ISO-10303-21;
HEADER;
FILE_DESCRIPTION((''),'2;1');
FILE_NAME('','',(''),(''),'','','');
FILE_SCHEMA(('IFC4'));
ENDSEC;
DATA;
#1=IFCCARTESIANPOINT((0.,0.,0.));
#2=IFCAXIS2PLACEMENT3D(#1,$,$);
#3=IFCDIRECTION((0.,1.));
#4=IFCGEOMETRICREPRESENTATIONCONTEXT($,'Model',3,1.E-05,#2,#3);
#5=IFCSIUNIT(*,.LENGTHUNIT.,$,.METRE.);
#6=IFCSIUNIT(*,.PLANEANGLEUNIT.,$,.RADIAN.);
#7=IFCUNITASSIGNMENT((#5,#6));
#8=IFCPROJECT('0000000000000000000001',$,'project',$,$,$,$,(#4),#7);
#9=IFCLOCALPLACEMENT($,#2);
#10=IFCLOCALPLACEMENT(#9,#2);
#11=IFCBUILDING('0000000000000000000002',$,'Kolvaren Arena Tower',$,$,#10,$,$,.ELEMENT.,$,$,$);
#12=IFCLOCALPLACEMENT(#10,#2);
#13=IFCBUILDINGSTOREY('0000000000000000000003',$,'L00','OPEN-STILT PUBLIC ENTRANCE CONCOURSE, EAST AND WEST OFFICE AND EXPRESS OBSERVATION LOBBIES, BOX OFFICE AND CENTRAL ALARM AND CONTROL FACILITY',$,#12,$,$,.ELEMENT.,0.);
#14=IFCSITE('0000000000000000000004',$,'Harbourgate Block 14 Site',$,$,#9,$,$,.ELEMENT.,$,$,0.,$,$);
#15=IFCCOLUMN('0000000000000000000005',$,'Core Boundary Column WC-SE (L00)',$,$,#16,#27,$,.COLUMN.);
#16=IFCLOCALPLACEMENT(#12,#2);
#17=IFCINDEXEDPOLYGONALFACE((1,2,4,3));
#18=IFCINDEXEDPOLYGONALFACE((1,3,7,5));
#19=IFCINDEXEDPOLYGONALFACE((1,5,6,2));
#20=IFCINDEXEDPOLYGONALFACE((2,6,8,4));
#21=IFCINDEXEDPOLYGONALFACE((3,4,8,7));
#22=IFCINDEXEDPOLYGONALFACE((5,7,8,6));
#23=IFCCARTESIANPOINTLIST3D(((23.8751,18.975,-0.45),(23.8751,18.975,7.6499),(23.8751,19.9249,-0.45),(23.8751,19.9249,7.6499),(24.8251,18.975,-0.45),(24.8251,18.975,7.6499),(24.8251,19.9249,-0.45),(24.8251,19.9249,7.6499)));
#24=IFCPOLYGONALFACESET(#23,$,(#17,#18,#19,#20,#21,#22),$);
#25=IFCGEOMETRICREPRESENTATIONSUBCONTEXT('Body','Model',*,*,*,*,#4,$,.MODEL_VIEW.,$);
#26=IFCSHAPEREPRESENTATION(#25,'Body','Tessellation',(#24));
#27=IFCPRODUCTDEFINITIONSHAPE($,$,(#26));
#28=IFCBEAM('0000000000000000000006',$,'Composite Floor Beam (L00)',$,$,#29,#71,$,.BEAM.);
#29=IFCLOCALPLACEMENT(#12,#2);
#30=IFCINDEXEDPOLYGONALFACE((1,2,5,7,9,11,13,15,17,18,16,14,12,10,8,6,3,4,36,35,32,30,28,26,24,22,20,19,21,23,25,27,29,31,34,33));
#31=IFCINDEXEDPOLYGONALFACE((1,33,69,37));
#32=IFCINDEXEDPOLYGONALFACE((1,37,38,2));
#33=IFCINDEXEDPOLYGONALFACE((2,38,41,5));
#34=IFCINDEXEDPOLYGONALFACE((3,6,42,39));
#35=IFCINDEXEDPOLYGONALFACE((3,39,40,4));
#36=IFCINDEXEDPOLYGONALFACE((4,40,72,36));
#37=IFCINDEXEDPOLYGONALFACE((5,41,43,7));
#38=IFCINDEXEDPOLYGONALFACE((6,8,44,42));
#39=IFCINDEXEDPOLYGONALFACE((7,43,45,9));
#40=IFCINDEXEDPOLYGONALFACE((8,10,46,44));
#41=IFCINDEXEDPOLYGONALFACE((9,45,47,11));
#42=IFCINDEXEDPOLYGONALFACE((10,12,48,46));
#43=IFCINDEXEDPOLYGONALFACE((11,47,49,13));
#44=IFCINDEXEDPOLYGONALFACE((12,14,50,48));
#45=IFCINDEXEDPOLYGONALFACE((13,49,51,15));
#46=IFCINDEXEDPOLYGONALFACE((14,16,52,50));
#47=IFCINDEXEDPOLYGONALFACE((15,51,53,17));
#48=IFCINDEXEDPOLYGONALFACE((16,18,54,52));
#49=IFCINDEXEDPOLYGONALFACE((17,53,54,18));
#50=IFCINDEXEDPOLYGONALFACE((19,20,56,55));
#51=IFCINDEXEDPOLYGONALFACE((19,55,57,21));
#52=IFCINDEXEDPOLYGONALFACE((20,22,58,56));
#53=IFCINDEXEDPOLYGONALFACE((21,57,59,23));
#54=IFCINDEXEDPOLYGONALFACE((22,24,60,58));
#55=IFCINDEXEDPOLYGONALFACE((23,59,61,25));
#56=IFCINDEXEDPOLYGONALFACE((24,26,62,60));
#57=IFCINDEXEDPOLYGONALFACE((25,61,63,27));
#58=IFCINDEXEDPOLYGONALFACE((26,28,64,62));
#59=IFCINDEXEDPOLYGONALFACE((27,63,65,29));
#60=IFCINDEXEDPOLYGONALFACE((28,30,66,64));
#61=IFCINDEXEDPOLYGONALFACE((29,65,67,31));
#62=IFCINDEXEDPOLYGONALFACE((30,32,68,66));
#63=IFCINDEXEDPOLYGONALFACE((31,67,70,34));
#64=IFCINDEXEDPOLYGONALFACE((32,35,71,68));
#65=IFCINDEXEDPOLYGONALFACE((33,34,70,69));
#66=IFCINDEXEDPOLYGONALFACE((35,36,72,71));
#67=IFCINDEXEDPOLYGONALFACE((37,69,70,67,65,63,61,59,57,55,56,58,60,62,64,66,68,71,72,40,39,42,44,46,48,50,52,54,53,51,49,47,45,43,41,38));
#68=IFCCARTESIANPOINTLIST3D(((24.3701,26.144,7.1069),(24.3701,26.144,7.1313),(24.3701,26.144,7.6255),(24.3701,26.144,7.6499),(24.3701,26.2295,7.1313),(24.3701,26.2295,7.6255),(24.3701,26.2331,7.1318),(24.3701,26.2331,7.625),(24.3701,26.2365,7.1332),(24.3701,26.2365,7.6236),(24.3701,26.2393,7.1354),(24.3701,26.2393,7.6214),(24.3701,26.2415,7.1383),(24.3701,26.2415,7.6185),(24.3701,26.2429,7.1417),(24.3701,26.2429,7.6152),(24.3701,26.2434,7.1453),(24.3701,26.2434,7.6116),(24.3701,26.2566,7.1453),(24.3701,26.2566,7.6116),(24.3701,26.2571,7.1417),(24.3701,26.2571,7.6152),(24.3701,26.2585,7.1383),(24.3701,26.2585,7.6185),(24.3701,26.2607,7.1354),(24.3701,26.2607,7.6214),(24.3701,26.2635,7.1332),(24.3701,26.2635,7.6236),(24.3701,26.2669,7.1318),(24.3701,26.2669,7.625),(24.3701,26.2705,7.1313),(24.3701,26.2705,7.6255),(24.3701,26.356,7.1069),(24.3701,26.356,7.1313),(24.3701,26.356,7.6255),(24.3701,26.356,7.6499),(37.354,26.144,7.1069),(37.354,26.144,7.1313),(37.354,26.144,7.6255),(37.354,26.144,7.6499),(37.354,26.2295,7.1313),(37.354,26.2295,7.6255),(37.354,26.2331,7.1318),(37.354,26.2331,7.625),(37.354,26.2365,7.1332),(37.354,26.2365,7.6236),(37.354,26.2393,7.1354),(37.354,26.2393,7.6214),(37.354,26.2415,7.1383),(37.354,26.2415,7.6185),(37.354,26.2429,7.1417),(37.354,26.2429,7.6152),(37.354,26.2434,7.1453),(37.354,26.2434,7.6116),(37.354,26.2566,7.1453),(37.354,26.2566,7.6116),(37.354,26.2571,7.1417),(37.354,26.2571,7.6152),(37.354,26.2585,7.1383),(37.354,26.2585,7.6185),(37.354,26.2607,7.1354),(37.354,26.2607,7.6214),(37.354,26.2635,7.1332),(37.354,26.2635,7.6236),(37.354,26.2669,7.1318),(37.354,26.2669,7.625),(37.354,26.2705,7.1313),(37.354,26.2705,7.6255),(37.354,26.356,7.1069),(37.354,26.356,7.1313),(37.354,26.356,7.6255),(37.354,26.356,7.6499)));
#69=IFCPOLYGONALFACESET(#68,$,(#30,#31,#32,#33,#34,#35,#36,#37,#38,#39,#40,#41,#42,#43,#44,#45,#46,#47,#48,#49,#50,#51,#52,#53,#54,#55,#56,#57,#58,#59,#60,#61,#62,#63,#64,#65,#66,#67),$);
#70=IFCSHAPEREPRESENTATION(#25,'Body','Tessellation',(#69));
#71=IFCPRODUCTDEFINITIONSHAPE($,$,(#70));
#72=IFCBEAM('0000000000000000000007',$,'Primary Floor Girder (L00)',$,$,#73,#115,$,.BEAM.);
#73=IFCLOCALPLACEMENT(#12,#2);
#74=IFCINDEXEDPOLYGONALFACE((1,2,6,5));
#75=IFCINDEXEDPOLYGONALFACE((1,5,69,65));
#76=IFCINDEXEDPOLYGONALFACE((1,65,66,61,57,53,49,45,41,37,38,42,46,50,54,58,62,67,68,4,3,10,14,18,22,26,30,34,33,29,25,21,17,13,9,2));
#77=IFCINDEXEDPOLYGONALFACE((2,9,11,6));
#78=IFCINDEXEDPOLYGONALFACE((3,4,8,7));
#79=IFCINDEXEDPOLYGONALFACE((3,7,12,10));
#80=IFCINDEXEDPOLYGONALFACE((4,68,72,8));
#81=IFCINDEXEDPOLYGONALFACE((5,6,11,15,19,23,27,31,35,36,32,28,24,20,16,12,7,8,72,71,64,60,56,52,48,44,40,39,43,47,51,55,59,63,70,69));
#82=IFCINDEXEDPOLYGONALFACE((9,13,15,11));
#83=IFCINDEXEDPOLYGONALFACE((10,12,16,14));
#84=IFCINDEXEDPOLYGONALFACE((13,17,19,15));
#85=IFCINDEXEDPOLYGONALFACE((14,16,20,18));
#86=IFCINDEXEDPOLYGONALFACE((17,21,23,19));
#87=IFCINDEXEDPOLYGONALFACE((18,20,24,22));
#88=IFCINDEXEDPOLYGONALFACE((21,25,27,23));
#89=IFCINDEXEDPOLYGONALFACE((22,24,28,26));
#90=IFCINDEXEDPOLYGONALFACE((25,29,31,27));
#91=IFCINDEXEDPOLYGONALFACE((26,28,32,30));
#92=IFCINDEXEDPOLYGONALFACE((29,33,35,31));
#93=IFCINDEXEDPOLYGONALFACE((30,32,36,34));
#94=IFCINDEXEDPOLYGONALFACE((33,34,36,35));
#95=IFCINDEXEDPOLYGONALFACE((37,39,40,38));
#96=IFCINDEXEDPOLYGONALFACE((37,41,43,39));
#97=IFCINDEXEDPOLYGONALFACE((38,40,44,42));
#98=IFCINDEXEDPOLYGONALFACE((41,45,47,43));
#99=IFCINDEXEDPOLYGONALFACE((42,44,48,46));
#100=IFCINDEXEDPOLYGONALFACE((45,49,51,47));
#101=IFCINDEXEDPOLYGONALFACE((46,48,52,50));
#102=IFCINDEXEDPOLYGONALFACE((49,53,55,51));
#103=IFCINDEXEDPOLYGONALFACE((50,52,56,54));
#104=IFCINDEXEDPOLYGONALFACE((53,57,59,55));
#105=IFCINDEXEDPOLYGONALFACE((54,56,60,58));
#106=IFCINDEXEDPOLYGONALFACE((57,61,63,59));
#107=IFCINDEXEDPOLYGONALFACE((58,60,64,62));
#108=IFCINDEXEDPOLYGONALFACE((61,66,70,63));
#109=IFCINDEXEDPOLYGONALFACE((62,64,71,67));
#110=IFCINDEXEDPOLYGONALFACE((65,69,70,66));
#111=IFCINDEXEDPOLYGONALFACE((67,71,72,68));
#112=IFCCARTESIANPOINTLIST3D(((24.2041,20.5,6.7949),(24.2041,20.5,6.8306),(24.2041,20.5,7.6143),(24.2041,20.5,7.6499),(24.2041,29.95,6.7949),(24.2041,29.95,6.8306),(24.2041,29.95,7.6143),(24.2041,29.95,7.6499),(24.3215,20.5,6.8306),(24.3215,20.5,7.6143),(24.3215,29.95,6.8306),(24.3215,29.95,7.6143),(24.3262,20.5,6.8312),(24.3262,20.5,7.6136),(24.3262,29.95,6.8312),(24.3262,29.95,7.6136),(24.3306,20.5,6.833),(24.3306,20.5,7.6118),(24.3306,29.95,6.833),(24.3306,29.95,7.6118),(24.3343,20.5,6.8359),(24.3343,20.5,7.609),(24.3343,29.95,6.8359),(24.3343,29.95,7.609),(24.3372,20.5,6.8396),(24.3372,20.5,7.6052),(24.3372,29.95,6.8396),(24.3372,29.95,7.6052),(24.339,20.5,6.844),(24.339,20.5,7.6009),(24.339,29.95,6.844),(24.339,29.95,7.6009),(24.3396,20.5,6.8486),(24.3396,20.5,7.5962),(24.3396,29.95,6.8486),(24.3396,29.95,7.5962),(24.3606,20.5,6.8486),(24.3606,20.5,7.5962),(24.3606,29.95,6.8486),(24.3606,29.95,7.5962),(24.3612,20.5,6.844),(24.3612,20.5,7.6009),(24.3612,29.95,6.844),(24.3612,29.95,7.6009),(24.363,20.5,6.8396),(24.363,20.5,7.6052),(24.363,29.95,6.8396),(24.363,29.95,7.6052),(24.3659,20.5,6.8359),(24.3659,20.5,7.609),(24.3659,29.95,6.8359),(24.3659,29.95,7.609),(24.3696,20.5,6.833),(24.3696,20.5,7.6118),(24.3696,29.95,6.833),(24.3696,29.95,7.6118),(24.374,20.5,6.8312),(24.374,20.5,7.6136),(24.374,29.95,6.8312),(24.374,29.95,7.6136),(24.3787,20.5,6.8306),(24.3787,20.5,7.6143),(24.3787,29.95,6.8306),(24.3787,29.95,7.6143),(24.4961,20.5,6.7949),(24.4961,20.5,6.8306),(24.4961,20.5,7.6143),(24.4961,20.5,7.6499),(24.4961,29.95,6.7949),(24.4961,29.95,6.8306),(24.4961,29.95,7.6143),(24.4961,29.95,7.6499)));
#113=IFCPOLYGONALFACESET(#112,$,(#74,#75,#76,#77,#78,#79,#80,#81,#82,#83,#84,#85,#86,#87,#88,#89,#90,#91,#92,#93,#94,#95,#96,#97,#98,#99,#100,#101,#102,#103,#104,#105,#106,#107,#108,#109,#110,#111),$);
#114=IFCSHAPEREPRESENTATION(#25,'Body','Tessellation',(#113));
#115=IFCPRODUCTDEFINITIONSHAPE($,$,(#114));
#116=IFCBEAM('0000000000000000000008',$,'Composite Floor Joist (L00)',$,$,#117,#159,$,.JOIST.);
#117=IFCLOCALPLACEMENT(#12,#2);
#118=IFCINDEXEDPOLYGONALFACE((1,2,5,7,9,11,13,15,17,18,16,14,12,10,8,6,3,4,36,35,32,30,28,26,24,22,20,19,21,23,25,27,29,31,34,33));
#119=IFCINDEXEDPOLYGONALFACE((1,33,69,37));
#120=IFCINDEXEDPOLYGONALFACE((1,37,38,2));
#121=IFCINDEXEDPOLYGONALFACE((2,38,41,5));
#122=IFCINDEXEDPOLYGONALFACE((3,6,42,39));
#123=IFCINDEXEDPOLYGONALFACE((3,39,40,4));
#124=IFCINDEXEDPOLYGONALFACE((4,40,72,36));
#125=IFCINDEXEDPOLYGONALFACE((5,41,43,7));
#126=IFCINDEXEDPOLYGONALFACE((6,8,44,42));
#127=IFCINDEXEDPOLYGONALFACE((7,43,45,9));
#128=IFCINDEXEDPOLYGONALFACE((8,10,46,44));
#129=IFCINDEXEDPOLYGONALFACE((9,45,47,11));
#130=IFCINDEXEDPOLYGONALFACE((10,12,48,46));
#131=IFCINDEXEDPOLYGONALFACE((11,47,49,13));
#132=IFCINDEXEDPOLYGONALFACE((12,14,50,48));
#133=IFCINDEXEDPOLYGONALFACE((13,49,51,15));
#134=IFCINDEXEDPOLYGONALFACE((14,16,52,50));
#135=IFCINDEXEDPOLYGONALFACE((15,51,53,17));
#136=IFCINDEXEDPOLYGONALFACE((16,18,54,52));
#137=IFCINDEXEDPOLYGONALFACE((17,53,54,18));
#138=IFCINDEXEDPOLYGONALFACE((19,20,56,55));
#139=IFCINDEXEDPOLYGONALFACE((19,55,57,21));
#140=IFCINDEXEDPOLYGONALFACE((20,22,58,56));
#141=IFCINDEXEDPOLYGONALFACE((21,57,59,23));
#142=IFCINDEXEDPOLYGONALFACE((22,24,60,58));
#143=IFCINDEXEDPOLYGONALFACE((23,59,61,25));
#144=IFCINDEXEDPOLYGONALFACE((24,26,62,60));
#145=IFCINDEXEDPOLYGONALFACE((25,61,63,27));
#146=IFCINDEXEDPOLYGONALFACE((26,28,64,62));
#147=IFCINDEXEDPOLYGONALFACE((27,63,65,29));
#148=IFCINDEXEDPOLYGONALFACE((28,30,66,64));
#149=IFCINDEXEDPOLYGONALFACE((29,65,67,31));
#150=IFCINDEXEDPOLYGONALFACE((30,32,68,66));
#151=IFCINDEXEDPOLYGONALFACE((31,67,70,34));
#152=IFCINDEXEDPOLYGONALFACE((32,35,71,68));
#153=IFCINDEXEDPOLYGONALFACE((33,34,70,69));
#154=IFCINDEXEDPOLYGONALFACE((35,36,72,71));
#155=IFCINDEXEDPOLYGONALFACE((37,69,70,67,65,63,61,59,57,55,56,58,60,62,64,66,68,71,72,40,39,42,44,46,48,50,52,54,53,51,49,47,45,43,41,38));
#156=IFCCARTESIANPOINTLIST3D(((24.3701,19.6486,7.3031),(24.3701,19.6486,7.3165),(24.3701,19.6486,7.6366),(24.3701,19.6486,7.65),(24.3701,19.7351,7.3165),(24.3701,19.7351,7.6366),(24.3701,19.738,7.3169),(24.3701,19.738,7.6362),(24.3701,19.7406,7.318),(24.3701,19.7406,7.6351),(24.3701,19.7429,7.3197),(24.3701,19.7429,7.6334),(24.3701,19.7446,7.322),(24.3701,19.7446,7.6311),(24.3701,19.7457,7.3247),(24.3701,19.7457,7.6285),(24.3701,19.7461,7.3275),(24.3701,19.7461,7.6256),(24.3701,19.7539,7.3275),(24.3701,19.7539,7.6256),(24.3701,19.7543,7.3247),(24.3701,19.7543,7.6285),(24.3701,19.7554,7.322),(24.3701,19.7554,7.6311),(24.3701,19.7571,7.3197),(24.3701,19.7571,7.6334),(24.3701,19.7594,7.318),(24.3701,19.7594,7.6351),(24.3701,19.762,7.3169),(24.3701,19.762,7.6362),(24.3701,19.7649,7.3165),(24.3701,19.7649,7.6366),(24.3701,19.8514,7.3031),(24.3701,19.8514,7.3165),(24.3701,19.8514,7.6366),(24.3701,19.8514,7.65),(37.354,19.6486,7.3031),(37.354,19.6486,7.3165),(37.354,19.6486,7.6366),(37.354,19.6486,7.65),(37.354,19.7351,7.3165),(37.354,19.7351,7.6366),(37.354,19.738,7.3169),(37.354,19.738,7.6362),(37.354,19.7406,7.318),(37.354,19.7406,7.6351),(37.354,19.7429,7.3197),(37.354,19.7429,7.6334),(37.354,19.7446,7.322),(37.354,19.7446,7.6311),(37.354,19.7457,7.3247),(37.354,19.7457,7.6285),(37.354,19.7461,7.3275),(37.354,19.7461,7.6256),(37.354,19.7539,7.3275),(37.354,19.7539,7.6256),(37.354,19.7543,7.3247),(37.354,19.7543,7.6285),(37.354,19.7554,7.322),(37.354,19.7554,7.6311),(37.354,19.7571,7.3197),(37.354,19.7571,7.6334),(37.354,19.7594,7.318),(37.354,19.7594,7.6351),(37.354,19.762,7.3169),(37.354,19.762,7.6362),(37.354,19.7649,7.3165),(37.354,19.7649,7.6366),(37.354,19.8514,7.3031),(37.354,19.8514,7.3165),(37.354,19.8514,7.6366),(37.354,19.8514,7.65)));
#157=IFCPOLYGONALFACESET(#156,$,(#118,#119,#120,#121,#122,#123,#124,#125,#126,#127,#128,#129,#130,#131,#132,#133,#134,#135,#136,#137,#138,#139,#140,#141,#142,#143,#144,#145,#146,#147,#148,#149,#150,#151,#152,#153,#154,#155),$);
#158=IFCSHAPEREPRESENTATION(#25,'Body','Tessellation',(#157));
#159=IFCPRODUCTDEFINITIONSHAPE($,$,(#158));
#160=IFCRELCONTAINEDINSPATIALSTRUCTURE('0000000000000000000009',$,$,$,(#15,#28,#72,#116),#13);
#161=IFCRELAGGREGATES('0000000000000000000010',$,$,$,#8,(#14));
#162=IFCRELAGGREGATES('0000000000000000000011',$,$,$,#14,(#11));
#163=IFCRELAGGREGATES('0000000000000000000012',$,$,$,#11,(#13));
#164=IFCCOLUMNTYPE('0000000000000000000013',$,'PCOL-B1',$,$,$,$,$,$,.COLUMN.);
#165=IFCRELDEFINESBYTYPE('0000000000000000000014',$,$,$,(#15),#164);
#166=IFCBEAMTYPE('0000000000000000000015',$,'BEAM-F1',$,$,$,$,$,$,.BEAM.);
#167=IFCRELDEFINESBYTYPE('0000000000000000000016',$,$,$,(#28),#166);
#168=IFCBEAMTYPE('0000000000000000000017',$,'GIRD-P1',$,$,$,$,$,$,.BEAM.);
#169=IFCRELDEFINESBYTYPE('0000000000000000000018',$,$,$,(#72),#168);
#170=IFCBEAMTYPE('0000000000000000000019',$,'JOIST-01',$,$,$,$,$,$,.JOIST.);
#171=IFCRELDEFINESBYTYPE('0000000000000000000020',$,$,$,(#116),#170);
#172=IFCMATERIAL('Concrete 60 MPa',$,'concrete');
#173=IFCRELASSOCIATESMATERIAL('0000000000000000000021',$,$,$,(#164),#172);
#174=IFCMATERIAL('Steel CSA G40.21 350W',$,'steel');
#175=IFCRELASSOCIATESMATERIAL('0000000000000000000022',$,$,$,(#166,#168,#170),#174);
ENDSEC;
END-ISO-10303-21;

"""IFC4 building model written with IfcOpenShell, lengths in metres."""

from ifc_helpers import new_model, si_unit, direction, frame, origin, origin_2d, place, context, subcontext, project, spatial, rectangle, i_section, extrude, material, material_profile, profile_set, type_object, element, save


model = new_model("IFC4")

# Units and contexts
model_context = context("Model", 3, precision=1e-05, world=origin(), true_north=direction((0.0, 1.0)))
body_context = subcontext(model_context, "Body", "Model", "MODEL_VIEW")
ifc_project = project(units=[si_unit("LENGTHUNIT", "METRE"), si_unit("PLANEANGLEUNIT", "RADIAN")], contexts=[model_context])

# Site, building, storey
site_placement = place(None, origin())
site = spatial("IfcSite", under=ifc_project, at=site_placement, Name="Harbourgate Block 14 Site", CompositionType="ELEMENT", RefElevation=0.0)
building_placement = place(site_placement, origin())
building = spatial("IfcBuilding", under=site, at=building_placement, Name="Kolvaren Arena Tower", CompositionType="ELEMENT")
storey_placement = place(building_placement, origin())
storey = spatial("IfcBuildingStorey", under=building, at=storey_placement, Name="L00", Description="OPEN-STILT PUBLIC ENTRANCE CONCOURSE, EAST AND WEST OFFICE AND EXPRESS OBSERVATION LOBBIES, BOX OFFICE AND CENTRAL ALARM AND CONTROL FACILITY", CompositionType="ELEMENT", Elevation=0.0)

# Column
ifc_material_1 = material(Name="Concrete 60 MPa", Category="concrete")
ifc_material_profile_1 = material_profile(ifc_material_1, rectangle(XDim=0.95, YDim=0.95, at=origin_2d()), Name="RC-950x950")
ifc_profile_set_1 = profile_set([ifc_material_profile_1], Name="Concrete 60 MPa")
column_type = type_object("IfcColumnType", Name="PCOL-B1", PredefinedType="COLUMN", material=ifc_profile_set_1)
column_placement = place(storey_placement, frame((24.3501, 19.45, -0.45), z_axis=(0.0, 0.0, 1.0), x_axis=(1.0, 0.0, 0.0)))
element("IfcColumn", 1, at=column_placement, inside=storey, type_object=column_type, Name="Core Boundary Column WC-SE (L00)", PredefinedType="COLUMN", context=body_context, shape_type="SweptSolid", body=[
    extrude(rectangle(XDim=0.95, YDim=0.95, at=origin_2d()), origin(), (0.0, 0.0, 1.0), 8.0999),
])

# Beams
ifc_material_2 = material(Name="Steel CSA G40.21 350W", Category="steel")
ifc_material_profile_2 = material_profile(ifc_material_2, i_section(OverallWidth=0.2119, OverallDepth=0.543, WebThickness=0.0132, FlangeThickness=0.0244, FilletRadius=0.0139, at=origin_2d()), Name="W530x150")
ifc_profile_set_2 = profile_set([ifc_material_profile_2], Name="Steel CSA G40.21 350W")
beam_type_1 = type_object("IfcBeamType", Name="BEAM-F1", PredefinedType="BEAM", material=ifc_profile_set_2)
beam_1_placement = place(storey_placement, frame((24.3701, 26.25, 7.3784), z_axis=(1.0, 0.0, 0.0), x_axis=(0.0, 1.0, 0.0)))
element("IfcBeam", 2, at=beam_1_placement, inside=storey, type_object=beam_type_1, Name="Composite Floor Beam (L00)", PredefinedType="BEAM", context=body_context, shape_type="SweptSolid", body=[
    extrude(i_section(OverallWidth=0.2119, OverallDepth=0.543, WebThickness=0.0132, FlangeThickness=0.0244, FilletRadius=0.0139, at=origin_2d()), origin(), (0.0, 0.0, 1.0), 12.9839),
])
ifc_material_profile_3 = material_profile(ifc_material_2, i_section(OverallWidth=0.292, OverallDepth=0.855, WebThickness=0.021, FlangeThickness=0.0356, FilletRadius=0.0181, at=origin_2d()), Name="W840x299")
ifc_profile_set_3 = profile_set([ifc_material_profile_3], Name="Steel CSA G40.21 350W")
beam_type_2 = type_object("IfcBeamType", Name="GIRD-P1", PredefinedType="BEAM", material=ifc_profile_set_3)
beam_2_placement = place(storey_placement, frame((24.3501, 20.5, 7.2224), z_axis=(0.0, 1.0, 0.0), x_axis=(-1.0, 0.0, 0.0)))
element("IfcBeam", 3, at=beam_2_placement, inside=storey, type_object=beam_type_2, Name="Primary Floor Girder (L00)", PredefinedType="BEAM", context=body_context, shape_type="SweptSolid", body=[
    extrude(i_section(OverallWidth=0.292, OverallDepth=0.855, WebThickness=0.021, FlangeThickness=0.0356, FilletRadius=0.0181, at=origin_2d()), origin(), (0.0, 0.0, 1.0), 9.45),
])
ifc_material_profile_4 = material_profile(ifc_material_2, i_section(OverallWidth=0.2029, OverallDepth=0.3469, WebThickness=0.0078, FlangeThickness=0.0134, FilletRadius=0.011, at=origin_2d()), Name="W360x64")
ifc_profile_set_4 = profile_set([ifc_material_profile_4], Name="Steel CSA G40.21 350W")
beam_type_3 = type_object("IfcBeamType", Name="JOIST-01", PredefinedType="JOIST", material=ifc_profile_set_4)
for number, where, z_axis, x_axis, name in (
    (4, (24.3701, 19.75, 7.4766), (1.0, 0.0, 0.0), (0.0, 1.0, 0.0), "Composite Floor Joist (L00)"),
):
    element("IfcBeam", number, at=place(storey_placement, frame(where, z_axis=z_axis, x_axis=x_axis)), inside=storey, type_object=beam_type_3, Name=name, PredefinedType="JOIST", context=body_context, shape_type="SweptSolid", body=[
        extrude(i_section(OverallWidth=0.2029, OverallDepth=0.3469, WebThickness=0.0078, FlangeThickness=0.0134, FilletRadius=0.011, at=origin_2d()), origin(), (0.0, 0.0, 1.0), 12.9839),
    ])

save(model, "model.ifc")
